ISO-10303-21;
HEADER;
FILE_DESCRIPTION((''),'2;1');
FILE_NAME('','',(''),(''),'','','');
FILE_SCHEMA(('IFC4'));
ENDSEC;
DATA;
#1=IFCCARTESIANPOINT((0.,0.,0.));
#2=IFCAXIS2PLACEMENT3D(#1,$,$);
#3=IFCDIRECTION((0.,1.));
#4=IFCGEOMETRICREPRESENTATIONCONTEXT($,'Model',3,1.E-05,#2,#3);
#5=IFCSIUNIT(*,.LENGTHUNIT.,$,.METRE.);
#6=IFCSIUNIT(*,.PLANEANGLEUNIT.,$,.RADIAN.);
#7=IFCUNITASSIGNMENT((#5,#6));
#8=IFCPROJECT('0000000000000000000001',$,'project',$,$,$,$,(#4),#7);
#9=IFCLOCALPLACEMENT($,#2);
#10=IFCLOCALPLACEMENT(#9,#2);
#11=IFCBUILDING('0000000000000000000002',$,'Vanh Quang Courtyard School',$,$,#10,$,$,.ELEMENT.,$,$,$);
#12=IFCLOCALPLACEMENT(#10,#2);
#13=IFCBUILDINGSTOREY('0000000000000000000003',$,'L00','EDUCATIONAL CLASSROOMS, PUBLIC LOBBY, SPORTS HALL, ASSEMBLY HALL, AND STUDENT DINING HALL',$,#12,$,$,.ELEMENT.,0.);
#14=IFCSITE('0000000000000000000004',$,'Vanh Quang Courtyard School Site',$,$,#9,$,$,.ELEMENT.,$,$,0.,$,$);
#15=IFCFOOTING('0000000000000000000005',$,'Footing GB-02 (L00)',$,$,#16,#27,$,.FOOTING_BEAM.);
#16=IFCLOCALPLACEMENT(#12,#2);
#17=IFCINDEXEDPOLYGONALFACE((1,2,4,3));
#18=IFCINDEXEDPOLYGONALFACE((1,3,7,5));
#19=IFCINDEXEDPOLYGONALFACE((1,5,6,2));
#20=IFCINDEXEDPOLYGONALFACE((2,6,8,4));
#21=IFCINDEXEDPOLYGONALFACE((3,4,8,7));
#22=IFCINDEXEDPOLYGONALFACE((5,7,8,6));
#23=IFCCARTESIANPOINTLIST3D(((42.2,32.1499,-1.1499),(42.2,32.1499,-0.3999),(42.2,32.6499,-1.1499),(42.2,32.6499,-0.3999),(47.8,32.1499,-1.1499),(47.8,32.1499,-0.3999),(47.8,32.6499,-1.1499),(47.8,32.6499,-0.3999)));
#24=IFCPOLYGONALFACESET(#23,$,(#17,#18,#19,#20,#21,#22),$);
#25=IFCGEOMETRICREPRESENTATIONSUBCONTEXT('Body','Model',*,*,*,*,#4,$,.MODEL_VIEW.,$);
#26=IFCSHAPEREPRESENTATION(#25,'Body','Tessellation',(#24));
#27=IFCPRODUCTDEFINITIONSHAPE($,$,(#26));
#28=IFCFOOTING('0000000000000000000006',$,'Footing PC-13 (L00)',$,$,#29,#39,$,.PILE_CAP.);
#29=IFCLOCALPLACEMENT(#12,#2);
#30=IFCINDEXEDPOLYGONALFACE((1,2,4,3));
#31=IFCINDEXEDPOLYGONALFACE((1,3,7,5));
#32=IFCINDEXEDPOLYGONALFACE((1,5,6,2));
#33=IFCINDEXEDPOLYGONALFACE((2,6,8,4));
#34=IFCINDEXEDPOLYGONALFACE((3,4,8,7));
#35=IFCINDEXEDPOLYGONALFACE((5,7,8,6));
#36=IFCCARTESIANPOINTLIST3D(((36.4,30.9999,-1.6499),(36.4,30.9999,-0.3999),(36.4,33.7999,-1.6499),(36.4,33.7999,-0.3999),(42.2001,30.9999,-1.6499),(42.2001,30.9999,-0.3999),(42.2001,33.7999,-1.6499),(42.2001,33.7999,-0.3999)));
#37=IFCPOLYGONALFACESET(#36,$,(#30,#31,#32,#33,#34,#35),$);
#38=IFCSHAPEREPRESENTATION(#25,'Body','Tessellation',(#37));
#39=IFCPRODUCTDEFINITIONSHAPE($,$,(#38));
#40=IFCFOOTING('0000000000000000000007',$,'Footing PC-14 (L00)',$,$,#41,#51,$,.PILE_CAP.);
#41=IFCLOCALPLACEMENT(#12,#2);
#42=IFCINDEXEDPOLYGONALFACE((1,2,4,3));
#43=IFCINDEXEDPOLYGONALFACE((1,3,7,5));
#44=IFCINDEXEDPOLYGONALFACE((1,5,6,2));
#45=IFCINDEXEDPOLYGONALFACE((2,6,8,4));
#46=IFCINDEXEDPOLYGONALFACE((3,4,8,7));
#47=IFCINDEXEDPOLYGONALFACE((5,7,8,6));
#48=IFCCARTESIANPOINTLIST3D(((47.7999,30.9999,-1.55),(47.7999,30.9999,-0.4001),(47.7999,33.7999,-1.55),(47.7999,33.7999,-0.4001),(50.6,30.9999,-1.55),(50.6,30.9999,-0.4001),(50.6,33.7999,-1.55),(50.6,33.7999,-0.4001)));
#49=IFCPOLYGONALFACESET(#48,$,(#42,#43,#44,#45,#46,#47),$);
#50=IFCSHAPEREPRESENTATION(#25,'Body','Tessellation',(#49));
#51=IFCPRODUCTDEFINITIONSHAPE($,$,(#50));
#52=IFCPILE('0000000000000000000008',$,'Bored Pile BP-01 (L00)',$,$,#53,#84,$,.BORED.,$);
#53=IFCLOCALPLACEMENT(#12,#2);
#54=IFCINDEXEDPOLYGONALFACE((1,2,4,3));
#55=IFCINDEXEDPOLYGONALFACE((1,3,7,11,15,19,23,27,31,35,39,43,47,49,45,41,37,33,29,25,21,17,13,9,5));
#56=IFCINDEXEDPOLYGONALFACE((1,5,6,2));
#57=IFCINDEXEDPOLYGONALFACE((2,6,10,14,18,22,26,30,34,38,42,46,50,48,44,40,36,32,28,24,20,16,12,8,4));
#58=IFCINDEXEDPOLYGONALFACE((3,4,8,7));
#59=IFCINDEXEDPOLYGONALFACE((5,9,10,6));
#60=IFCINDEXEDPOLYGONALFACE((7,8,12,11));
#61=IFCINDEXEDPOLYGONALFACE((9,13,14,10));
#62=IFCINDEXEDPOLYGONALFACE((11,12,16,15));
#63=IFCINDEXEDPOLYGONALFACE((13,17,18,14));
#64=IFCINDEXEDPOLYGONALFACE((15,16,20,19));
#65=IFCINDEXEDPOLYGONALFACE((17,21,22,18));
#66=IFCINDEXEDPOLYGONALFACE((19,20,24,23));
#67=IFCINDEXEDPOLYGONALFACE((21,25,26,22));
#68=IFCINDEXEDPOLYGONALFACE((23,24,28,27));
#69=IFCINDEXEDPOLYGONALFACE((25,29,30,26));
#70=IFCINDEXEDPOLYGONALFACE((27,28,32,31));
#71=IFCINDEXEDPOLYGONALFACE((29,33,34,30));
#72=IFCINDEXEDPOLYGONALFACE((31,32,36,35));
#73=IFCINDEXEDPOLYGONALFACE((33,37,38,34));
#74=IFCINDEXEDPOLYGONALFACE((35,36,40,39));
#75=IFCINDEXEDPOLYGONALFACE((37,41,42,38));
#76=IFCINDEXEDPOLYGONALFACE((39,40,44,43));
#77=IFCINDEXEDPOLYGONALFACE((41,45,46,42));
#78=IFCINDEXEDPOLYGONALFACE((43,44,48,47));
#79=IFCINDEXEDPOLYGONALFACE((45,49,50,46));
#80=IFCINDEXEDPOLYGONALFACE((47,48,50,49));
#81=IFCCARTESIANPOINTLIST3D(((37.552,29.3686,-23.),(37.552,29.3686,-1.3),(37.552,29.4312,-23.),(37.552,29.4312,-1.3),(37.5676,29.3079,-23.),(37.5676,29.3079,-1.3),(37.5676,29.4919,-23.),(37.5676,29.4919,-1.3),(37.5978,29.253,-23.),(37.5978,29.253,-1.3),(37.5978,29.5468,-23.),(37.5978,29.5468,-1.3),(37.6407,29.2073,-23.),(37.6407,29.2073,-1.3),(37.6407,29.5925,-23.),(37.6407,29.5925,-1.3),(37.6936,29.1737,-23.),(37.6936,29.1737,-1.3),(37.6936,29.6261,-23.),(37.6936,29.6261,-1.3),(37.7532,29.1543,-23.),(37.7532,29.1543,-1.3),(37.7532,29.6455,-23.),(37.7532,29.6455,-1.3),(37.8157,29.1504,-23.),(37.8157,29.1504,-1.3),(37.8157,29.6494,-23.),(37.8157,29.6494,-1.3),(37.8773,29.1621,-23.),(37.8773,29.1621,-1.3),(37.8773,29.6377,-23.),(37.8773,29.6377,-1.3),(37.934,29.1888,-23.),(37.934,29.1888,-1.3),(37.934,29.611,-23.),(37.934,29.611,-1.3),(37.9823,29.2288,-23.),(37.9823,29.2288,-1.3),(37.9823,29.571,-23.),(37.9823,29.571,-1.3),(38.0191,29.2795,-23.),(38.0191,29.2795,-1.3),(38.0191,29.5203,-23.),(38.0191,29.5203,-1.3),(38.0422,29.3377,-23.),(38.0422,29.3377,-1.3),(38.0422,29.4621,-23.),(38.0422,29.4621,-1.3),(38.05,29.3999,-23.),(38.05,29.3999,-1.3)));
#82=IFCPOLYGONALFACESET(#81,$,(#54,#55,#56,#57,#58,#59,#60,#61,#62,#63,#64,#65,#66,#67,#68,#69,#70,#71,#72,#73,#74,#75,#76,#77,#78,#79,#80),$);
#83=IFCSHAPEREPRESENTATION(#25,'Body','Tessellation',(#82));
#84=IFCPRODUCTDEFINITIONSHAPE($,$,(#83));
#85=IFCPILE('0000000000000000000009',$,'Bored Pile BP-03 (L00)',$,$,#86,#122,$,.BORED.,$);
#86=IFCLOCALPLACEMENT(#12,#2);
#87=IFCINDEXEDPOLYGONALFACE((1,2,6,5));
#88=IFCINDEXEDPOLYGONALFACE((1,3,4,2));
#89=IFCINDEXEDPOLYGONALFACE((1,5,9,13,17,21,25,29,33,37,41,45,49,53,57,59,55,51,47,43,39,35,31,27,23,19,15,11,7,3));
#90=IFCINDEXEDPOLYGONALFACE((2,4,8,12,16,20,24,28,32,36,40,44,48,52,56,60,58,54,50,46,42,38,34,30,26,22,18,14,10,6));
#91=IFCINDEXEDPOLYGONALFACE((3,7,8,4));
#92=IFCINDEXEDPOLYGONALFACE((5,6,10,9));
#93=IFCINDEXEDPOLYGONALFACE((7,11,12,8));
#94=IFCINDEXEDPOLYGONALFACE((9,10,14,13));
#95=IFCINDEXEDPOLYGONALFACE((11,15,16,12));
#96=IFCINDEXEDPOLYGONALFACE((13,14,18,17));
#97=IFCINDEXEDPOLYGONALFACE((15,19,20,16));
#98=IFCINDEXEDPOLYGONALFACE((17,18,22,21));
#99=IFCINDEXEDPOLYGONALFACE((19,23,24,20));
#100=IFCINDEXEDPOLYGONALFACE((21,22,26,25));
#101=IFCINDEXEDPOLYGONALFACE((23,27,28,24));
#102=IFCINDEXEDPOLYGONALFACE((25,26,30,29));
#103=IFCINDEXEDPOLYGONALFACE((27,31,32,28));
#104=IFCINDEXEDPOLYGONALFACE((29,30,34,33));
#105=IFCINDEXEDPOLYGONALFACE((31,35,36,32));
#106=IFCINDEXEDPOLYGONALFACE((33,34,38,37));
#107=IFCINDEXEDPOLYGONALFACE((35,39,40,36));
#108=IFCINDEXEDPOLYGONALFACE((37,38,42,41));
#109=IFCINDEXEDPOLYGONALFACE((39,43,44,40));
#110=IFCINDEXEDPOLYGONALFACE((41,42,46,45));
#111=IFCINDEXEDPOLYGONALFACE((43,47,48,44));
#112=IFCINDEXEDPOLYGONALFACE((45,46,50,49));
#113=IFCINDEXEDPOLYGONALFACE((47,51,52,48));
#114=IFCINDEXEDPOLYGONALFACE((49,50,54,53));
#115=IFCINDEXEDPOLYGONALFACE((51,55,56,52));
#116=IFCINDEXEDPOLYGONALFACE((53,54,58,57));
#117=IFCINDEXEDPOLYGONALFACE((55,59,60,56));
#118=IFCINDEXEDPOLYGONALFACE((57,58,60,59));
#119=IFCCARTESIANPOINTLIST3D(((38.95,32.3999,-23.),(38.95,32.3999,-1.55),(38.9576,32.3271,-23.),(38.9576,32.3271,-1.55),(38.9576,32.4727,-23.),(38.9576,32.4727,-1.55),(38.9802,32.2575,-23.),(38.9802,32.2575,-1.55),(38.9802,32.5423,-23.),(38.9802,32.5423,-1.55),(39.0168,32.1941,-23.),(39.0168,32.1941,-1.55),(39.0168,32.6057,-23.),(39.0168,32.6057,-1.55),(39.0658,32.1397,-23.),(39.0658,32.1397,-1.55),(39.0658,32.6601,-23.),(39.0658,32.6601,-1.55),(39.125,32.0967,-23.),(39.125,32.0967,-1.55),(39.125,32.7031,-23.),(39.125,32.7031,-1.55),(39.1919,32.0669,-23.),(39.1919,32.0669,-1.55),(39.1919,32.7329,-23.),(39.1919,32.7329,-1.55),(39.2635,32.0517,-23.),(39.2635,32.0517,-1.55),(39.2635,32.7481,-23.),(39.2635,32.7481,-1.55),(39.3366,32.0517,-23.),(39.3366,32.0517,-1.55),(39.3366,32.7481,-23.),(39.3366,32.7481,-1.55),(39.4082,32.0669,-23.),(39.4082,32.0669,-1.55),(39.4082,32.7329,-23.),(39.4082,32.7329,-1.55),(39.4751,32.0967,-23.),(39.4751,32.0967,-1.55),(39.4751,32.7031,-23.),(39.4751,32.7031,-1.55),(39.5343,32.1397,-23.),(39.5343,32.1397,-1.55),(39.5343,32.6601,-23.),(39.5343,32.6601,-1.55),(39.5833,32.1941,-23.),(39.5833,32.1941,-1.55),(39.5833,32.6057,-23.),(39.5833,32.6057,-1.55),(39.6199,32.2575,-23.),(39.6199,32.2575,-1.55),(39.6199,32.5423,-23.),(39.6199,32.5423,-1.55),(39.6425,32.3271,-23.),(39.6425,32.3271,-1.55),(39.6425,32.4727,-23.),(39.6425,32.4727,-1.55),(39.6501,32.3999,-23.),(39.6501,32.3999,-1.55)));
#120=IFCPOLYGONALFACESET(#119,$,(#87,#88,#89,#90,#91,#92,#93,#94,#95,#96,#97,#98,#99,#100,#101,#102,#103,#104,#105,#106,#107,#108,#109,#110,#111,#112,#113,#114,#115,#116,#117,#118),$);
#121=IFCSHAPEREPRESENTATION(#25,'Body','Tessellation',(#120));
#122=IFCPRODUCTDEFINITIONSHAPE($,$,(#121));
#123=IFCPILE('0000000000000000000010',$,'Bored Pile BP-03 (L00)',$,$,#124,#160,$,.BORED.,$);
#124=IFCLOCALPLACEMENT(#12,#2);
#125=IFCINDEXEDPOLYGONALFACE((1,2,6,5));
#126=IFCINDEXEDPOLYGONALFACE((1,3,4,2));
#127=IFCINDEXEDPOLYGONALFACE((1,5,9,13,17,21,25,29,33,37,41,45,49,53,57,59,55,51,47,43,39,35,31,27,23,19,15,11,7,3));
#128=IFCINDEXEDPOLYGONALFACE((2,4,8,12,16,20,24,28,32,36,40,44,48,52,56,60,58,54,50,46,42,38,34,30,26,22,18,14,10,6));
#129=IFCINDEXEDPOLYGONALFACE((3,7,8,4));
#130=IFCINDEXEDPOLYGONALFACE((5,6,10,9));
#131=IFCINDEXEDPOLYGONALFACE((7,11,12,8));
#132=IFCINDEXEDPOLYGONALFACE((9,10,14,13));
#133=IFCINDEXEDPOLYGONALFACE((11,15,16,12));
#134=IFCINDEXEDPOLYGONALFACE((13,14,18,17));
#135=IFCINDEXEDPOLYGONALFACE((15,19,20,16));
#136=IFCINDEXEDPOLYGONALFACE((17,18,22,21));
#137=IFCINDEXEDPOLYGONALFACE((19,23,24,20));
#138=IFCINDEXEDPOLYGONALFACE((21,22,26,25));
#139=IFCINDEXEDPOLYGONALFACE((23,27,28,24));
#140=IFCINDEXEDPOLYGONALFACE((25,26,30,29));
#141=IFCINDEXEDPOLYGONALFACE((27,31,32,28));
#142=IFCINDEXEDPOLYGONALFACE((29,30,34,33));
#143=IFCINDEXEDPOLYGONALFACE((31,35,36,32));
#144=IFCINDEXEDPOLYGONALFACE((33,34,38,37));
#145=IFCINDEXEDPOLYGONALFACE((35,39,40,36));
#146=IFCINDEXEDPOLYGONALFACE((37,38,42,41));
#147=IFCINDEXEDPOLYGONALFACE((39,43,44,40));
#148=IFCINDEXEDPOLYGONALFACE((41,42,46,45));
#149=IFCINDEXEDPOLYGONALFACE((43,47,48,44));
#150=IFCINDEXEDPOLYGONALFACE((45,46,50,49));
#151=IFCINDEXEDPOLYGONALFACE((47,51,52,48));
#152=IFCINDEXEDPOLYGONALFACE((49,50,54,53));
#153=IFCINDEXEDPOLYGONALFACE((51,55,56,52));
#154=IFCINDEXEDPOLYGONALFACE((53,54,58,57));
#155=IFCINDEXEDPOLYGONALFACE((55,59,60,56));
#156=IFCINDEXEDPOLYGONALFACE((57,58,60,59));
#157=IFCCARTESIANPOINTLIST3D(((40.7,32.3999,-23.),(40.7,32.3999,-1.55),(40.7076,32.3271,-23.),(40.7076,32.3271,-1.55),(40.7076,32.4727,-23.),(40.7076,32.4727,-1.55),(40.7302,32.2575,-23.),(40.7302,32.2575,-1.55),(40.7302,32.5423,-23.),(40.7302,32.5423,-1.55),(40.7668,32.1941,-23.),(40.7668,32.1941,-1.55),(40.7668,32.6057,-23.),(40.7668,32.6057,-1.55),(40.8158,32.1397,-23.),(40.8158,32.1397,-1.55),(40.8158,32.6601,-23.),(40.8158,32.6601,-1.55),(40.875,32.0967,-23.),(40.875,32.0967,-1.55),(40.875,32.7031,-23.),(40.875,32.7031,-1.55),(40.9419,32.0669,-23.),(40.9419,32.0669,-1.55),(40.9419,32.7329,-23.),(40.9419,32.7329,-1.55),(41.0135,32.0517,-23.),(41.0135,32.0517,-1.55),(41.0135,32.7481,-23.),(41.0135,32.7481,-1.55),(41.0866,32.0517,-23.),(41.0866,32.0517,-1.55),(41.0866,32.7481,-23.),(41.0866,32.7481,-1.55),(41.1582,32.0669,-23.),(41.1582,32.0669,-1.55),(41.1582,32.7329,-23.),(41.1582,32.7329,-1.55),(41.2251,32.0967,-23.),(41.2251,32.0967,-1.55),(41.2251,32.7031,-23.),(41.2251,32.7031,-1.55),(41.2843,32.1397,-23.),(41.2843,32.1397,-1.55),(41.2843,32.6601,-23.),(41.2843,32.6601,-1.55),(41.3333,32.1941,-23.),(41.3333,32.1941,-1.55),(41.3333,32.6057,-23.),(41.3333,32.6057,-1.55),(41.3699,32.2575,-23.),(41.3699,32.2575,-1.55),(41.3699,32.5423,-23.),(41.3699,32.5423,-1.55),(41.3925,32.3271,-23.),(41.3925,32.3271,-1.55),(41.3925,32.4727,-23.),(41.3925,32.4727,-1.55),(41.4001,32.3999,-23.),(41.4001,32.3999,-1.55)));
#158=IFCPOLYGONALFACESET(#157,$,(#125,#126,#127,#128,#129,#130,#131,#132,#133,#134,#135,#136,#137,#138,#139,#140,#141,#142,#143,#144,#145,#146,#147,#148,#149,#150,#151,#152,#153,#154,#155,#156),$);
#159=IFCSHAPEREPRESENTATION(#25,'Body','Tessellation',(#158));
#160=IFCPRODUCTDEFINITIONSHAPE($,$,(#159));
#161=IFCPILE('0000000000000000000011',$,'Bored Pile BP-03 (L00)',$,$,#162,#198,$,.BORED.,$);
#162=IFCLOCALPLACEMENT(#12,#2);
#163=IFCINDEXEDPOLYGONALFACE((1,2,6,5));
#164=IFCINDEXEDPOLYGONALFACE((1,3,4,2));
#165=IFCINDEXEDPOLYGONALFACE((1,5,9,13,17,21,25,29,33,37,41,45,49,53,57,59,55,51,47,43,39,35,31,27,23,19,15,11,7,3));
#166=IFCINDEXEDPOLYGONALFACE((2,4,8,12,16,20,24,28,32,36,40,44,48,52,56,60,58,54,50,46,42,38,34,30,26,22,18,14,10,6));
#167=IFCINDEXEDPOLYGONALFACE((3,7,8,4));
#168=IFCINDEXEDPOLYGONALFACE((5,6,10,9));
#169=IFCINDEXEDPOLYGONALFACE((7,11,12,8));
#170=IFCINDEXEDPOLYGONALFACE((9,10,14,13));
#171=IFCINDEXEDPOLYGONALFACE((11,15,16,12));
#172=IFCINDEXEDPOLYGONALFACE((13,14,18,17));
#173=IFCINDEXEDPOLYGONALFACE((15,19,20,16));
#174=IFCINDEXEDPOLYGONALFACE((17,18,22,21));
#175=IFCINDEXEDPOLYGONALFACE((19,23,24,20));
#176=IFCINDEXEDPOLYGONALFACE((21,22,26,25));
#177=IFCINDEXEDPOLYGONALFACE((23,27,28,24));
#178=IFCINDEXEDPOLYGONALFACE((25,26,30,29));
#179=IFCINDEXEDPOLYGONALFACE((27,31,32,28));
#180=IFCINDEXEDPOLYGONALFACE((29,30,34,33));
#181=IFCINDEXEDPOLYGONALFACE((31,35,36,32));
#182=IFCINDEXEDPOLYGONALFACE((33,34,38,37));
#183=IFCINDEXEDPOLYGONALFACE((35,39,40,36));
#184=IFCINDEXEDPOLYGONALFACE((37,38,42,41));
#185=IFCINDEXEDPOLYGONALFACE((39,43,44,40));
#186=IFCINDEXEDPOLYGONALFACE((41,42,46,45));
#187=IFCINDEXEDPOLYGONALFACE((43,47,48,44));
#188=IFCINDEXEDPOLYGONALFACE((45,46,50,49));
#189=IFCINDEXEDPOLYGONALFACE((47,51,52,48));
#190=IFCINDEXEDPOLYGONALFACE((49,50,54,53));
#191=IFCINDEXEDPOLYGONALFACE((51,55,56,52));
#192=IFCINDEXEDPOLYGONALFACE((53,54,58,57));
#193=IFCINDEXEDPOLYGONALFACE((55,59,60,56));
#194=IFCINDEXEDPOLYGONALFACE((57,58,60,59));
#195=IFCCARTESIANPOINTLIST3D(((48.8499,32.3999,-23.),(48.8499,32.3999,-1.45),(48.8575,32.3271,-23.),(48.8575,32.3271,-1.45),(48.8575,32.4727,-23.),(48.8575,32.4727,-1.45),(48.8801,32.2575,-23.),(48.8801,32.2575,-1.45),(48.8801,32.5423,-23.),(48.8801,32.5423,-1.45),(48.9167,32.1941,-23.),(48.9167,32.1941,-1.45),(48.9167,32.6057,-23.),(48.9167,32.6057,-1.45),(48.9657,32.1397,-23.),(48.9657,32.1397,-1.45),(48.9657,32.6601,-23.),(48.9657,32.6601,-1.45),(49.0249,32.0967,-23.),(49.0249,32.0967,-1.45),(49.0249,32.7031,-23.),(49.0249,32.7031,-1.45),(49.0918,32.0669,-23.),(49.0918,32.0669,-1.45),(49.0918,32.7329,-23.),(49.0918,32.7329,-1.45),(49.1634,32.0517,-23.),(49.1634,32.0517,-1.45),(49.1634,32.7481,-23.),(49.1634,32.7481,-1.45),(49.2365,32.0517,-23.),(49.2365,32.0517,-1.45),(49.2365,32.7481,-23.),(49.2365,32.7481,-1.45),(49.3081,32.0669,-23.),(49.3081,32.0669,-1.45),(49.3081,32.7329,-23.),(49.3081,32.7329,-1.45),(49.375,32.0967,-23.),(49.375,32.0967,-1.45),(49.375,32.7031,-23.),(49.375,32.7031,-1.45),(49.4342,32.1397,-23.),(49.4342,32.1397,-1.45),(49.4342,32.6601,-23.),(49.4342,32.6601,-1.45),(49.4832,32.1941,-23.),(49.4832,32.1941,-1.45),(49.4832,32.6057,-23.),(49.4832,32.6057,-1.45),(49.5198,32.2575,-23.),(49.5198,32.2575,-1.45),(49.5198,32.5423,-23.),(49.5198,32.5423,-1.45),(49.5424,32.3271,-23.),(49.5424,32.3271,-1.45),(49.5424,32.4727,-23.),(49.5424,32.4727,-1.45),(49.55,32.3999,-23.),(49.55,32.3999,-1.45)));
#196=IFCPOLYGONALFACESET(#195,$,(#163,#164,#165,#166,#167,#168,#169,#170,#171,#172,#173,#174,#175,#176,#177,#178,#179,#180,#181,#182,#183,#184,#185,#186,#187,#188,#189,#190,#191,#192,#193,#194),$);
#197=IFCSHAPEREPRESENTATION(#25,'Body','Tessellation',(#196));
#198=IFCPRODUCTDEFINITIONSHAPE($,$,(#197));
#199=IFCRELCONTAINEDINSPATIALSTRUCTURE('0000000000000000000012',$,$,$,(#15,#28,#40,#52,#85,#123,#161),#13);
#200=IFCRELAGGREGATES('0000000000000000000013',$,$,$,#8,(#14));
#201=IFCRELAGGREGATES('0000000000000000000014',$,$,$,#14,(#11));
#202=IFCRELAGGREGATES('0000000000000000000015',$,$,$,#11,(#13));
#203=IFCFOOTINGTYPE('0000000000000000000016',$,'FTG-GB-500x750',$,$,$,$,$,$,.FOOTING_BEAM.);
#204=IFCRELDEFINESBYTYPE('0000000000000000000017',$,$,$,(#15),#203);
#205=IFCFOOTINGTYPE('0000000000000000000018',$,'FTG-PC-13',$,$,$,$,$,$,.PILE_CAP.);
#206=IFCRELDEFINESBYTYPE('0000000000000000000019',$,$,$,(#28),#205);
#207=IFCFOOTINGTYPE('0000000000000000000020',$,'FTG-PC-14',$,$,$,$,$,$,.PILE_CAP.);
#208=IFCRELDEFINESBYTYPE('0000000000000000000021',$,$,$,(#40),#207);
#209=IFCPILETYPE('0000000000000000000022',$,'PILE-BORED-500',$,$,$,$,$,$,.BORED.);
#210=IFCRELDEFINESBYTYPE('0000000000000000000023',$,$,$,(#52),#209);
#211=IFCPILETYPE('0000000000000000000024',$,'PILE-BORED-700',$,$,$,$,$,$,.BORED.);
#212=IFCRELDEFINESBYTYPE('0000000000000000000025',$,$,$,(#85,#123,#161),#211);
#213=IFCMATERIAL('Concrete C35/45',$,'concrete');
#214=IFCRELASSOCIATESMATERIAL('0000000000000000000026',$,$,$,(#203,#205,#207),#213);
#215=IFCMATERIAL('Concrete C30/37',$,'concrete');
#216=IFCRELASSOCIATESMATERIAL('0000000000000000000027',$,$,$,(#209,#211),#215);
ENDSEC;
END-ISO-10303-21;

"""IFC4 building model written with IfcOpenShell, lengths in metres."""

from ifc_helpers import new_model, si_unit, direction, frame, origin, origin_2d, place, context, subcontext, project, spatial, rectangle, circle, extrude, material, material_profile, profile_set, type_object, element, save


model = new_model("IFC4")

# Units and contexts
model_context = context("Model", 3, precision=1e-05, world=origin(), true_north=direction((0.0, 1.0)))
body_context = subcontext(model_context, "Body", "Model", "MODEL_VIEW")
ifc_project = project(units=[si_unit("LENGTHUNIT", "METRE"), si_unit("PLANEANGLEUNIT", "RADIAN")], contexts=[model_context])

# Site, building, storey
site_placement = place(None, origin())
site = spatial("IfcSite", under=ifc_project, at=site_placement, Name="Vanh Quang Courtyard School Site", CompositionType="ELEMENT", RefElevation=0.0)
building_placement = place(site_placement, origin())
building = spatial("IfcBuilding", under=site, at=building_placement, Name="Vanh Quang Courtyard School", CompositionType="ELEMENT")
storey_placement = place(building_placement, origin())
storey = spatial("IfcBuildingStorey", under=building, at=storey_placement, Name="L00", Description="EDUCATIONAL CLASSROOMS, PUBLIC LOBBY, SPORTS HALL, ASSEMBLY HALL, AND STUDENT DINING HALL", CompositionType="ELEMENT", Elevation=0.0)

# Footings
ifc_material_1 = material(Name="Concrete C35/45", Category="concrete")
footing_type_1 = type_object("IfcFootingType", Name="FTG-GB-500x750", PredefinedType="FOOTING_BEAM", material=ifc_material_1)
footing_1_placement = place(storey_placement, frame((45.0, 32.3999, -1.1499), z_axis=(0.0, 0.0, 1.0), x_axis=(1.0, 0.0, 0.0)))
element("IfcFooting", 1, at=footing_1_placement, inside=storey, type_object=footing_type_1, Name="Footing GB-02 (L00)", PredefinedType="FOOTING_BEAM", context=body_context, shape_type="SweptSolid", body=[
    extrude(rectangle(XDim=5.6001, YDim=0.5, at=origin_2d()), origin(), (0.0, 0.0, 1.0), 0.75),
])
footing_type_2 = type_object("IfcFootingType", Name="FTG-PC-13", PredefinedType="PILE_CAP", material=ifc_material_1)
footing_2_placement = place(storey_placement, frame((39.3, 32.3999, -1.6499), z_axis=(0.0, 0.0, 1.0), x_axis=(1.0, 0.0, 0.0)))
element("IfcFooting", 2, at=footing_2_placement, inside=storey, type_object=footing_type_2, Name="Footing PC-13 (L00)", PredefinedType="PILE_CAP", context=body_context, shape_type="SweptSolid", body=[
    extrude(rectangle(XDim=5.8, YDim=2.8, at=origin_2d()), origin(), (0.0, 0.0, 1.0), 1.25),
])
footing_type_3 = type_object("IfcFootingType", Name="FTG-PC-14", PredefinedType="PILE_CAP", material=ifc_material_1)
footing_3_placement = place(storey_placement, frame((49.2, 32.3999, -1.55), z_axis=(0.0, 0.0, 1.0), x_axis=(1.0, 0.0, 0.0)))
element("IfcFooting", 3, at=footing_3_placement, inside=storey, type_object=footing_type_3, Name="Footing PC-14 (L00)", PredefinedType="PILE_CAP", context=body_context, shape_type="SweptSolid", body=[
    extrude(rectangle(XDim=2.8, YDim=2.8, at=origin_2d()), origin(), (0.0, 0.0, 1.0), 1.1499),
])

# Piles
ifc_material_2 = material(Name="Concrete C30/37", Category="concrete")
ifc_material_profile_1 = material_profile(ifc_material_2, circle(Radius=0.25, at=origin_2d()), Name="PILE D500")
ifc_profile_set_1 = profile_set([ifc_material_profile_1], Name="Concrete C30/37")
pile_type_1 = type_object("IfcPileType", Name="PILE-BORED-500", PredefinedType="BORED", material=ifc_profile_set_1)
pile_1_placement = place(storey_placement, frame((37.8, 29.3999, -1.3), z_axis=(0.0, 0.0, -1.0), x_axis=(1.0, 0.0, 0.0)))
element("IfcPile", 4, at=pile_1_placement, inside=storey, type_object=pile_type_1, Name="Bored Pile BP-01 (L00)", PredefinedType="BORED", context=body_context, shape_type="SweptSolid", body=[
    extrude(circle(Radius=0.25, at=origin_2d()), origin(), (0.0, 0.0, 1.0), 21.7),
])
ifc_material_profile_2 = material_profile(ifc_material_2, circle(Radius=0.3501, at=origin_2d()), Name="PILE D700")
ifc_profile_set_2 = profile_set([ifc_material_profile_2], Name="Concrete C30/37")
pile_type_2 = type_object("IfcPileType", Name="PILE-BORED-700", PredefinedType="BORED", material=ifc_profile_set_2)
for number, where, z_axis, x_axis, name in (
    (5, (39.3, 32.3999, -1.55), (0.0, 0.0, -1.0), (1.0, 0.0, 0.0), "Bored Pile BP-03 (L00)"),
    (6, (41.05, 32.3999, -1.55), (0.0, 0.0, -1.0), (1.0, 0.0, 0.0), "Bored Pile BP-03 (L00)"),
):
    element("IfcPile", number, at=place(storey_placement, frame(where, z_axis=z_axis, x_axis=x_axis)), inside=storey, type_object=pile_type_2, Name=name, PredefinedType="BORED", context=body_context, shape_type="SweptSolid", body=[
        extrude(circle(Radius=0.3501, at=origin_2d()), origin(), (0.0, 0.0, 1.0), 21.45),
    ])
pile_2_placement = place(storey_placement, frame((49.2, 32.3999, -1.45), z_axis=(0.0, 0.0, -1.0), x_axis=(1.0, 0.0, 0.0)))
element("IfcPile", 7, at=pile_2_placement, inside=storey, type_object=pile_type_2, Name="Bored Pile BP-03 (L00)", PredefinedType="BORED", context=body_context, shape_type="SweptSolid", body=[
    extrude(circle(Radius=0.3501, at=origin_2d()), origin(), (0.0, 0.0, 1.0), 21.55),
])

save(model, "model.ifc")
